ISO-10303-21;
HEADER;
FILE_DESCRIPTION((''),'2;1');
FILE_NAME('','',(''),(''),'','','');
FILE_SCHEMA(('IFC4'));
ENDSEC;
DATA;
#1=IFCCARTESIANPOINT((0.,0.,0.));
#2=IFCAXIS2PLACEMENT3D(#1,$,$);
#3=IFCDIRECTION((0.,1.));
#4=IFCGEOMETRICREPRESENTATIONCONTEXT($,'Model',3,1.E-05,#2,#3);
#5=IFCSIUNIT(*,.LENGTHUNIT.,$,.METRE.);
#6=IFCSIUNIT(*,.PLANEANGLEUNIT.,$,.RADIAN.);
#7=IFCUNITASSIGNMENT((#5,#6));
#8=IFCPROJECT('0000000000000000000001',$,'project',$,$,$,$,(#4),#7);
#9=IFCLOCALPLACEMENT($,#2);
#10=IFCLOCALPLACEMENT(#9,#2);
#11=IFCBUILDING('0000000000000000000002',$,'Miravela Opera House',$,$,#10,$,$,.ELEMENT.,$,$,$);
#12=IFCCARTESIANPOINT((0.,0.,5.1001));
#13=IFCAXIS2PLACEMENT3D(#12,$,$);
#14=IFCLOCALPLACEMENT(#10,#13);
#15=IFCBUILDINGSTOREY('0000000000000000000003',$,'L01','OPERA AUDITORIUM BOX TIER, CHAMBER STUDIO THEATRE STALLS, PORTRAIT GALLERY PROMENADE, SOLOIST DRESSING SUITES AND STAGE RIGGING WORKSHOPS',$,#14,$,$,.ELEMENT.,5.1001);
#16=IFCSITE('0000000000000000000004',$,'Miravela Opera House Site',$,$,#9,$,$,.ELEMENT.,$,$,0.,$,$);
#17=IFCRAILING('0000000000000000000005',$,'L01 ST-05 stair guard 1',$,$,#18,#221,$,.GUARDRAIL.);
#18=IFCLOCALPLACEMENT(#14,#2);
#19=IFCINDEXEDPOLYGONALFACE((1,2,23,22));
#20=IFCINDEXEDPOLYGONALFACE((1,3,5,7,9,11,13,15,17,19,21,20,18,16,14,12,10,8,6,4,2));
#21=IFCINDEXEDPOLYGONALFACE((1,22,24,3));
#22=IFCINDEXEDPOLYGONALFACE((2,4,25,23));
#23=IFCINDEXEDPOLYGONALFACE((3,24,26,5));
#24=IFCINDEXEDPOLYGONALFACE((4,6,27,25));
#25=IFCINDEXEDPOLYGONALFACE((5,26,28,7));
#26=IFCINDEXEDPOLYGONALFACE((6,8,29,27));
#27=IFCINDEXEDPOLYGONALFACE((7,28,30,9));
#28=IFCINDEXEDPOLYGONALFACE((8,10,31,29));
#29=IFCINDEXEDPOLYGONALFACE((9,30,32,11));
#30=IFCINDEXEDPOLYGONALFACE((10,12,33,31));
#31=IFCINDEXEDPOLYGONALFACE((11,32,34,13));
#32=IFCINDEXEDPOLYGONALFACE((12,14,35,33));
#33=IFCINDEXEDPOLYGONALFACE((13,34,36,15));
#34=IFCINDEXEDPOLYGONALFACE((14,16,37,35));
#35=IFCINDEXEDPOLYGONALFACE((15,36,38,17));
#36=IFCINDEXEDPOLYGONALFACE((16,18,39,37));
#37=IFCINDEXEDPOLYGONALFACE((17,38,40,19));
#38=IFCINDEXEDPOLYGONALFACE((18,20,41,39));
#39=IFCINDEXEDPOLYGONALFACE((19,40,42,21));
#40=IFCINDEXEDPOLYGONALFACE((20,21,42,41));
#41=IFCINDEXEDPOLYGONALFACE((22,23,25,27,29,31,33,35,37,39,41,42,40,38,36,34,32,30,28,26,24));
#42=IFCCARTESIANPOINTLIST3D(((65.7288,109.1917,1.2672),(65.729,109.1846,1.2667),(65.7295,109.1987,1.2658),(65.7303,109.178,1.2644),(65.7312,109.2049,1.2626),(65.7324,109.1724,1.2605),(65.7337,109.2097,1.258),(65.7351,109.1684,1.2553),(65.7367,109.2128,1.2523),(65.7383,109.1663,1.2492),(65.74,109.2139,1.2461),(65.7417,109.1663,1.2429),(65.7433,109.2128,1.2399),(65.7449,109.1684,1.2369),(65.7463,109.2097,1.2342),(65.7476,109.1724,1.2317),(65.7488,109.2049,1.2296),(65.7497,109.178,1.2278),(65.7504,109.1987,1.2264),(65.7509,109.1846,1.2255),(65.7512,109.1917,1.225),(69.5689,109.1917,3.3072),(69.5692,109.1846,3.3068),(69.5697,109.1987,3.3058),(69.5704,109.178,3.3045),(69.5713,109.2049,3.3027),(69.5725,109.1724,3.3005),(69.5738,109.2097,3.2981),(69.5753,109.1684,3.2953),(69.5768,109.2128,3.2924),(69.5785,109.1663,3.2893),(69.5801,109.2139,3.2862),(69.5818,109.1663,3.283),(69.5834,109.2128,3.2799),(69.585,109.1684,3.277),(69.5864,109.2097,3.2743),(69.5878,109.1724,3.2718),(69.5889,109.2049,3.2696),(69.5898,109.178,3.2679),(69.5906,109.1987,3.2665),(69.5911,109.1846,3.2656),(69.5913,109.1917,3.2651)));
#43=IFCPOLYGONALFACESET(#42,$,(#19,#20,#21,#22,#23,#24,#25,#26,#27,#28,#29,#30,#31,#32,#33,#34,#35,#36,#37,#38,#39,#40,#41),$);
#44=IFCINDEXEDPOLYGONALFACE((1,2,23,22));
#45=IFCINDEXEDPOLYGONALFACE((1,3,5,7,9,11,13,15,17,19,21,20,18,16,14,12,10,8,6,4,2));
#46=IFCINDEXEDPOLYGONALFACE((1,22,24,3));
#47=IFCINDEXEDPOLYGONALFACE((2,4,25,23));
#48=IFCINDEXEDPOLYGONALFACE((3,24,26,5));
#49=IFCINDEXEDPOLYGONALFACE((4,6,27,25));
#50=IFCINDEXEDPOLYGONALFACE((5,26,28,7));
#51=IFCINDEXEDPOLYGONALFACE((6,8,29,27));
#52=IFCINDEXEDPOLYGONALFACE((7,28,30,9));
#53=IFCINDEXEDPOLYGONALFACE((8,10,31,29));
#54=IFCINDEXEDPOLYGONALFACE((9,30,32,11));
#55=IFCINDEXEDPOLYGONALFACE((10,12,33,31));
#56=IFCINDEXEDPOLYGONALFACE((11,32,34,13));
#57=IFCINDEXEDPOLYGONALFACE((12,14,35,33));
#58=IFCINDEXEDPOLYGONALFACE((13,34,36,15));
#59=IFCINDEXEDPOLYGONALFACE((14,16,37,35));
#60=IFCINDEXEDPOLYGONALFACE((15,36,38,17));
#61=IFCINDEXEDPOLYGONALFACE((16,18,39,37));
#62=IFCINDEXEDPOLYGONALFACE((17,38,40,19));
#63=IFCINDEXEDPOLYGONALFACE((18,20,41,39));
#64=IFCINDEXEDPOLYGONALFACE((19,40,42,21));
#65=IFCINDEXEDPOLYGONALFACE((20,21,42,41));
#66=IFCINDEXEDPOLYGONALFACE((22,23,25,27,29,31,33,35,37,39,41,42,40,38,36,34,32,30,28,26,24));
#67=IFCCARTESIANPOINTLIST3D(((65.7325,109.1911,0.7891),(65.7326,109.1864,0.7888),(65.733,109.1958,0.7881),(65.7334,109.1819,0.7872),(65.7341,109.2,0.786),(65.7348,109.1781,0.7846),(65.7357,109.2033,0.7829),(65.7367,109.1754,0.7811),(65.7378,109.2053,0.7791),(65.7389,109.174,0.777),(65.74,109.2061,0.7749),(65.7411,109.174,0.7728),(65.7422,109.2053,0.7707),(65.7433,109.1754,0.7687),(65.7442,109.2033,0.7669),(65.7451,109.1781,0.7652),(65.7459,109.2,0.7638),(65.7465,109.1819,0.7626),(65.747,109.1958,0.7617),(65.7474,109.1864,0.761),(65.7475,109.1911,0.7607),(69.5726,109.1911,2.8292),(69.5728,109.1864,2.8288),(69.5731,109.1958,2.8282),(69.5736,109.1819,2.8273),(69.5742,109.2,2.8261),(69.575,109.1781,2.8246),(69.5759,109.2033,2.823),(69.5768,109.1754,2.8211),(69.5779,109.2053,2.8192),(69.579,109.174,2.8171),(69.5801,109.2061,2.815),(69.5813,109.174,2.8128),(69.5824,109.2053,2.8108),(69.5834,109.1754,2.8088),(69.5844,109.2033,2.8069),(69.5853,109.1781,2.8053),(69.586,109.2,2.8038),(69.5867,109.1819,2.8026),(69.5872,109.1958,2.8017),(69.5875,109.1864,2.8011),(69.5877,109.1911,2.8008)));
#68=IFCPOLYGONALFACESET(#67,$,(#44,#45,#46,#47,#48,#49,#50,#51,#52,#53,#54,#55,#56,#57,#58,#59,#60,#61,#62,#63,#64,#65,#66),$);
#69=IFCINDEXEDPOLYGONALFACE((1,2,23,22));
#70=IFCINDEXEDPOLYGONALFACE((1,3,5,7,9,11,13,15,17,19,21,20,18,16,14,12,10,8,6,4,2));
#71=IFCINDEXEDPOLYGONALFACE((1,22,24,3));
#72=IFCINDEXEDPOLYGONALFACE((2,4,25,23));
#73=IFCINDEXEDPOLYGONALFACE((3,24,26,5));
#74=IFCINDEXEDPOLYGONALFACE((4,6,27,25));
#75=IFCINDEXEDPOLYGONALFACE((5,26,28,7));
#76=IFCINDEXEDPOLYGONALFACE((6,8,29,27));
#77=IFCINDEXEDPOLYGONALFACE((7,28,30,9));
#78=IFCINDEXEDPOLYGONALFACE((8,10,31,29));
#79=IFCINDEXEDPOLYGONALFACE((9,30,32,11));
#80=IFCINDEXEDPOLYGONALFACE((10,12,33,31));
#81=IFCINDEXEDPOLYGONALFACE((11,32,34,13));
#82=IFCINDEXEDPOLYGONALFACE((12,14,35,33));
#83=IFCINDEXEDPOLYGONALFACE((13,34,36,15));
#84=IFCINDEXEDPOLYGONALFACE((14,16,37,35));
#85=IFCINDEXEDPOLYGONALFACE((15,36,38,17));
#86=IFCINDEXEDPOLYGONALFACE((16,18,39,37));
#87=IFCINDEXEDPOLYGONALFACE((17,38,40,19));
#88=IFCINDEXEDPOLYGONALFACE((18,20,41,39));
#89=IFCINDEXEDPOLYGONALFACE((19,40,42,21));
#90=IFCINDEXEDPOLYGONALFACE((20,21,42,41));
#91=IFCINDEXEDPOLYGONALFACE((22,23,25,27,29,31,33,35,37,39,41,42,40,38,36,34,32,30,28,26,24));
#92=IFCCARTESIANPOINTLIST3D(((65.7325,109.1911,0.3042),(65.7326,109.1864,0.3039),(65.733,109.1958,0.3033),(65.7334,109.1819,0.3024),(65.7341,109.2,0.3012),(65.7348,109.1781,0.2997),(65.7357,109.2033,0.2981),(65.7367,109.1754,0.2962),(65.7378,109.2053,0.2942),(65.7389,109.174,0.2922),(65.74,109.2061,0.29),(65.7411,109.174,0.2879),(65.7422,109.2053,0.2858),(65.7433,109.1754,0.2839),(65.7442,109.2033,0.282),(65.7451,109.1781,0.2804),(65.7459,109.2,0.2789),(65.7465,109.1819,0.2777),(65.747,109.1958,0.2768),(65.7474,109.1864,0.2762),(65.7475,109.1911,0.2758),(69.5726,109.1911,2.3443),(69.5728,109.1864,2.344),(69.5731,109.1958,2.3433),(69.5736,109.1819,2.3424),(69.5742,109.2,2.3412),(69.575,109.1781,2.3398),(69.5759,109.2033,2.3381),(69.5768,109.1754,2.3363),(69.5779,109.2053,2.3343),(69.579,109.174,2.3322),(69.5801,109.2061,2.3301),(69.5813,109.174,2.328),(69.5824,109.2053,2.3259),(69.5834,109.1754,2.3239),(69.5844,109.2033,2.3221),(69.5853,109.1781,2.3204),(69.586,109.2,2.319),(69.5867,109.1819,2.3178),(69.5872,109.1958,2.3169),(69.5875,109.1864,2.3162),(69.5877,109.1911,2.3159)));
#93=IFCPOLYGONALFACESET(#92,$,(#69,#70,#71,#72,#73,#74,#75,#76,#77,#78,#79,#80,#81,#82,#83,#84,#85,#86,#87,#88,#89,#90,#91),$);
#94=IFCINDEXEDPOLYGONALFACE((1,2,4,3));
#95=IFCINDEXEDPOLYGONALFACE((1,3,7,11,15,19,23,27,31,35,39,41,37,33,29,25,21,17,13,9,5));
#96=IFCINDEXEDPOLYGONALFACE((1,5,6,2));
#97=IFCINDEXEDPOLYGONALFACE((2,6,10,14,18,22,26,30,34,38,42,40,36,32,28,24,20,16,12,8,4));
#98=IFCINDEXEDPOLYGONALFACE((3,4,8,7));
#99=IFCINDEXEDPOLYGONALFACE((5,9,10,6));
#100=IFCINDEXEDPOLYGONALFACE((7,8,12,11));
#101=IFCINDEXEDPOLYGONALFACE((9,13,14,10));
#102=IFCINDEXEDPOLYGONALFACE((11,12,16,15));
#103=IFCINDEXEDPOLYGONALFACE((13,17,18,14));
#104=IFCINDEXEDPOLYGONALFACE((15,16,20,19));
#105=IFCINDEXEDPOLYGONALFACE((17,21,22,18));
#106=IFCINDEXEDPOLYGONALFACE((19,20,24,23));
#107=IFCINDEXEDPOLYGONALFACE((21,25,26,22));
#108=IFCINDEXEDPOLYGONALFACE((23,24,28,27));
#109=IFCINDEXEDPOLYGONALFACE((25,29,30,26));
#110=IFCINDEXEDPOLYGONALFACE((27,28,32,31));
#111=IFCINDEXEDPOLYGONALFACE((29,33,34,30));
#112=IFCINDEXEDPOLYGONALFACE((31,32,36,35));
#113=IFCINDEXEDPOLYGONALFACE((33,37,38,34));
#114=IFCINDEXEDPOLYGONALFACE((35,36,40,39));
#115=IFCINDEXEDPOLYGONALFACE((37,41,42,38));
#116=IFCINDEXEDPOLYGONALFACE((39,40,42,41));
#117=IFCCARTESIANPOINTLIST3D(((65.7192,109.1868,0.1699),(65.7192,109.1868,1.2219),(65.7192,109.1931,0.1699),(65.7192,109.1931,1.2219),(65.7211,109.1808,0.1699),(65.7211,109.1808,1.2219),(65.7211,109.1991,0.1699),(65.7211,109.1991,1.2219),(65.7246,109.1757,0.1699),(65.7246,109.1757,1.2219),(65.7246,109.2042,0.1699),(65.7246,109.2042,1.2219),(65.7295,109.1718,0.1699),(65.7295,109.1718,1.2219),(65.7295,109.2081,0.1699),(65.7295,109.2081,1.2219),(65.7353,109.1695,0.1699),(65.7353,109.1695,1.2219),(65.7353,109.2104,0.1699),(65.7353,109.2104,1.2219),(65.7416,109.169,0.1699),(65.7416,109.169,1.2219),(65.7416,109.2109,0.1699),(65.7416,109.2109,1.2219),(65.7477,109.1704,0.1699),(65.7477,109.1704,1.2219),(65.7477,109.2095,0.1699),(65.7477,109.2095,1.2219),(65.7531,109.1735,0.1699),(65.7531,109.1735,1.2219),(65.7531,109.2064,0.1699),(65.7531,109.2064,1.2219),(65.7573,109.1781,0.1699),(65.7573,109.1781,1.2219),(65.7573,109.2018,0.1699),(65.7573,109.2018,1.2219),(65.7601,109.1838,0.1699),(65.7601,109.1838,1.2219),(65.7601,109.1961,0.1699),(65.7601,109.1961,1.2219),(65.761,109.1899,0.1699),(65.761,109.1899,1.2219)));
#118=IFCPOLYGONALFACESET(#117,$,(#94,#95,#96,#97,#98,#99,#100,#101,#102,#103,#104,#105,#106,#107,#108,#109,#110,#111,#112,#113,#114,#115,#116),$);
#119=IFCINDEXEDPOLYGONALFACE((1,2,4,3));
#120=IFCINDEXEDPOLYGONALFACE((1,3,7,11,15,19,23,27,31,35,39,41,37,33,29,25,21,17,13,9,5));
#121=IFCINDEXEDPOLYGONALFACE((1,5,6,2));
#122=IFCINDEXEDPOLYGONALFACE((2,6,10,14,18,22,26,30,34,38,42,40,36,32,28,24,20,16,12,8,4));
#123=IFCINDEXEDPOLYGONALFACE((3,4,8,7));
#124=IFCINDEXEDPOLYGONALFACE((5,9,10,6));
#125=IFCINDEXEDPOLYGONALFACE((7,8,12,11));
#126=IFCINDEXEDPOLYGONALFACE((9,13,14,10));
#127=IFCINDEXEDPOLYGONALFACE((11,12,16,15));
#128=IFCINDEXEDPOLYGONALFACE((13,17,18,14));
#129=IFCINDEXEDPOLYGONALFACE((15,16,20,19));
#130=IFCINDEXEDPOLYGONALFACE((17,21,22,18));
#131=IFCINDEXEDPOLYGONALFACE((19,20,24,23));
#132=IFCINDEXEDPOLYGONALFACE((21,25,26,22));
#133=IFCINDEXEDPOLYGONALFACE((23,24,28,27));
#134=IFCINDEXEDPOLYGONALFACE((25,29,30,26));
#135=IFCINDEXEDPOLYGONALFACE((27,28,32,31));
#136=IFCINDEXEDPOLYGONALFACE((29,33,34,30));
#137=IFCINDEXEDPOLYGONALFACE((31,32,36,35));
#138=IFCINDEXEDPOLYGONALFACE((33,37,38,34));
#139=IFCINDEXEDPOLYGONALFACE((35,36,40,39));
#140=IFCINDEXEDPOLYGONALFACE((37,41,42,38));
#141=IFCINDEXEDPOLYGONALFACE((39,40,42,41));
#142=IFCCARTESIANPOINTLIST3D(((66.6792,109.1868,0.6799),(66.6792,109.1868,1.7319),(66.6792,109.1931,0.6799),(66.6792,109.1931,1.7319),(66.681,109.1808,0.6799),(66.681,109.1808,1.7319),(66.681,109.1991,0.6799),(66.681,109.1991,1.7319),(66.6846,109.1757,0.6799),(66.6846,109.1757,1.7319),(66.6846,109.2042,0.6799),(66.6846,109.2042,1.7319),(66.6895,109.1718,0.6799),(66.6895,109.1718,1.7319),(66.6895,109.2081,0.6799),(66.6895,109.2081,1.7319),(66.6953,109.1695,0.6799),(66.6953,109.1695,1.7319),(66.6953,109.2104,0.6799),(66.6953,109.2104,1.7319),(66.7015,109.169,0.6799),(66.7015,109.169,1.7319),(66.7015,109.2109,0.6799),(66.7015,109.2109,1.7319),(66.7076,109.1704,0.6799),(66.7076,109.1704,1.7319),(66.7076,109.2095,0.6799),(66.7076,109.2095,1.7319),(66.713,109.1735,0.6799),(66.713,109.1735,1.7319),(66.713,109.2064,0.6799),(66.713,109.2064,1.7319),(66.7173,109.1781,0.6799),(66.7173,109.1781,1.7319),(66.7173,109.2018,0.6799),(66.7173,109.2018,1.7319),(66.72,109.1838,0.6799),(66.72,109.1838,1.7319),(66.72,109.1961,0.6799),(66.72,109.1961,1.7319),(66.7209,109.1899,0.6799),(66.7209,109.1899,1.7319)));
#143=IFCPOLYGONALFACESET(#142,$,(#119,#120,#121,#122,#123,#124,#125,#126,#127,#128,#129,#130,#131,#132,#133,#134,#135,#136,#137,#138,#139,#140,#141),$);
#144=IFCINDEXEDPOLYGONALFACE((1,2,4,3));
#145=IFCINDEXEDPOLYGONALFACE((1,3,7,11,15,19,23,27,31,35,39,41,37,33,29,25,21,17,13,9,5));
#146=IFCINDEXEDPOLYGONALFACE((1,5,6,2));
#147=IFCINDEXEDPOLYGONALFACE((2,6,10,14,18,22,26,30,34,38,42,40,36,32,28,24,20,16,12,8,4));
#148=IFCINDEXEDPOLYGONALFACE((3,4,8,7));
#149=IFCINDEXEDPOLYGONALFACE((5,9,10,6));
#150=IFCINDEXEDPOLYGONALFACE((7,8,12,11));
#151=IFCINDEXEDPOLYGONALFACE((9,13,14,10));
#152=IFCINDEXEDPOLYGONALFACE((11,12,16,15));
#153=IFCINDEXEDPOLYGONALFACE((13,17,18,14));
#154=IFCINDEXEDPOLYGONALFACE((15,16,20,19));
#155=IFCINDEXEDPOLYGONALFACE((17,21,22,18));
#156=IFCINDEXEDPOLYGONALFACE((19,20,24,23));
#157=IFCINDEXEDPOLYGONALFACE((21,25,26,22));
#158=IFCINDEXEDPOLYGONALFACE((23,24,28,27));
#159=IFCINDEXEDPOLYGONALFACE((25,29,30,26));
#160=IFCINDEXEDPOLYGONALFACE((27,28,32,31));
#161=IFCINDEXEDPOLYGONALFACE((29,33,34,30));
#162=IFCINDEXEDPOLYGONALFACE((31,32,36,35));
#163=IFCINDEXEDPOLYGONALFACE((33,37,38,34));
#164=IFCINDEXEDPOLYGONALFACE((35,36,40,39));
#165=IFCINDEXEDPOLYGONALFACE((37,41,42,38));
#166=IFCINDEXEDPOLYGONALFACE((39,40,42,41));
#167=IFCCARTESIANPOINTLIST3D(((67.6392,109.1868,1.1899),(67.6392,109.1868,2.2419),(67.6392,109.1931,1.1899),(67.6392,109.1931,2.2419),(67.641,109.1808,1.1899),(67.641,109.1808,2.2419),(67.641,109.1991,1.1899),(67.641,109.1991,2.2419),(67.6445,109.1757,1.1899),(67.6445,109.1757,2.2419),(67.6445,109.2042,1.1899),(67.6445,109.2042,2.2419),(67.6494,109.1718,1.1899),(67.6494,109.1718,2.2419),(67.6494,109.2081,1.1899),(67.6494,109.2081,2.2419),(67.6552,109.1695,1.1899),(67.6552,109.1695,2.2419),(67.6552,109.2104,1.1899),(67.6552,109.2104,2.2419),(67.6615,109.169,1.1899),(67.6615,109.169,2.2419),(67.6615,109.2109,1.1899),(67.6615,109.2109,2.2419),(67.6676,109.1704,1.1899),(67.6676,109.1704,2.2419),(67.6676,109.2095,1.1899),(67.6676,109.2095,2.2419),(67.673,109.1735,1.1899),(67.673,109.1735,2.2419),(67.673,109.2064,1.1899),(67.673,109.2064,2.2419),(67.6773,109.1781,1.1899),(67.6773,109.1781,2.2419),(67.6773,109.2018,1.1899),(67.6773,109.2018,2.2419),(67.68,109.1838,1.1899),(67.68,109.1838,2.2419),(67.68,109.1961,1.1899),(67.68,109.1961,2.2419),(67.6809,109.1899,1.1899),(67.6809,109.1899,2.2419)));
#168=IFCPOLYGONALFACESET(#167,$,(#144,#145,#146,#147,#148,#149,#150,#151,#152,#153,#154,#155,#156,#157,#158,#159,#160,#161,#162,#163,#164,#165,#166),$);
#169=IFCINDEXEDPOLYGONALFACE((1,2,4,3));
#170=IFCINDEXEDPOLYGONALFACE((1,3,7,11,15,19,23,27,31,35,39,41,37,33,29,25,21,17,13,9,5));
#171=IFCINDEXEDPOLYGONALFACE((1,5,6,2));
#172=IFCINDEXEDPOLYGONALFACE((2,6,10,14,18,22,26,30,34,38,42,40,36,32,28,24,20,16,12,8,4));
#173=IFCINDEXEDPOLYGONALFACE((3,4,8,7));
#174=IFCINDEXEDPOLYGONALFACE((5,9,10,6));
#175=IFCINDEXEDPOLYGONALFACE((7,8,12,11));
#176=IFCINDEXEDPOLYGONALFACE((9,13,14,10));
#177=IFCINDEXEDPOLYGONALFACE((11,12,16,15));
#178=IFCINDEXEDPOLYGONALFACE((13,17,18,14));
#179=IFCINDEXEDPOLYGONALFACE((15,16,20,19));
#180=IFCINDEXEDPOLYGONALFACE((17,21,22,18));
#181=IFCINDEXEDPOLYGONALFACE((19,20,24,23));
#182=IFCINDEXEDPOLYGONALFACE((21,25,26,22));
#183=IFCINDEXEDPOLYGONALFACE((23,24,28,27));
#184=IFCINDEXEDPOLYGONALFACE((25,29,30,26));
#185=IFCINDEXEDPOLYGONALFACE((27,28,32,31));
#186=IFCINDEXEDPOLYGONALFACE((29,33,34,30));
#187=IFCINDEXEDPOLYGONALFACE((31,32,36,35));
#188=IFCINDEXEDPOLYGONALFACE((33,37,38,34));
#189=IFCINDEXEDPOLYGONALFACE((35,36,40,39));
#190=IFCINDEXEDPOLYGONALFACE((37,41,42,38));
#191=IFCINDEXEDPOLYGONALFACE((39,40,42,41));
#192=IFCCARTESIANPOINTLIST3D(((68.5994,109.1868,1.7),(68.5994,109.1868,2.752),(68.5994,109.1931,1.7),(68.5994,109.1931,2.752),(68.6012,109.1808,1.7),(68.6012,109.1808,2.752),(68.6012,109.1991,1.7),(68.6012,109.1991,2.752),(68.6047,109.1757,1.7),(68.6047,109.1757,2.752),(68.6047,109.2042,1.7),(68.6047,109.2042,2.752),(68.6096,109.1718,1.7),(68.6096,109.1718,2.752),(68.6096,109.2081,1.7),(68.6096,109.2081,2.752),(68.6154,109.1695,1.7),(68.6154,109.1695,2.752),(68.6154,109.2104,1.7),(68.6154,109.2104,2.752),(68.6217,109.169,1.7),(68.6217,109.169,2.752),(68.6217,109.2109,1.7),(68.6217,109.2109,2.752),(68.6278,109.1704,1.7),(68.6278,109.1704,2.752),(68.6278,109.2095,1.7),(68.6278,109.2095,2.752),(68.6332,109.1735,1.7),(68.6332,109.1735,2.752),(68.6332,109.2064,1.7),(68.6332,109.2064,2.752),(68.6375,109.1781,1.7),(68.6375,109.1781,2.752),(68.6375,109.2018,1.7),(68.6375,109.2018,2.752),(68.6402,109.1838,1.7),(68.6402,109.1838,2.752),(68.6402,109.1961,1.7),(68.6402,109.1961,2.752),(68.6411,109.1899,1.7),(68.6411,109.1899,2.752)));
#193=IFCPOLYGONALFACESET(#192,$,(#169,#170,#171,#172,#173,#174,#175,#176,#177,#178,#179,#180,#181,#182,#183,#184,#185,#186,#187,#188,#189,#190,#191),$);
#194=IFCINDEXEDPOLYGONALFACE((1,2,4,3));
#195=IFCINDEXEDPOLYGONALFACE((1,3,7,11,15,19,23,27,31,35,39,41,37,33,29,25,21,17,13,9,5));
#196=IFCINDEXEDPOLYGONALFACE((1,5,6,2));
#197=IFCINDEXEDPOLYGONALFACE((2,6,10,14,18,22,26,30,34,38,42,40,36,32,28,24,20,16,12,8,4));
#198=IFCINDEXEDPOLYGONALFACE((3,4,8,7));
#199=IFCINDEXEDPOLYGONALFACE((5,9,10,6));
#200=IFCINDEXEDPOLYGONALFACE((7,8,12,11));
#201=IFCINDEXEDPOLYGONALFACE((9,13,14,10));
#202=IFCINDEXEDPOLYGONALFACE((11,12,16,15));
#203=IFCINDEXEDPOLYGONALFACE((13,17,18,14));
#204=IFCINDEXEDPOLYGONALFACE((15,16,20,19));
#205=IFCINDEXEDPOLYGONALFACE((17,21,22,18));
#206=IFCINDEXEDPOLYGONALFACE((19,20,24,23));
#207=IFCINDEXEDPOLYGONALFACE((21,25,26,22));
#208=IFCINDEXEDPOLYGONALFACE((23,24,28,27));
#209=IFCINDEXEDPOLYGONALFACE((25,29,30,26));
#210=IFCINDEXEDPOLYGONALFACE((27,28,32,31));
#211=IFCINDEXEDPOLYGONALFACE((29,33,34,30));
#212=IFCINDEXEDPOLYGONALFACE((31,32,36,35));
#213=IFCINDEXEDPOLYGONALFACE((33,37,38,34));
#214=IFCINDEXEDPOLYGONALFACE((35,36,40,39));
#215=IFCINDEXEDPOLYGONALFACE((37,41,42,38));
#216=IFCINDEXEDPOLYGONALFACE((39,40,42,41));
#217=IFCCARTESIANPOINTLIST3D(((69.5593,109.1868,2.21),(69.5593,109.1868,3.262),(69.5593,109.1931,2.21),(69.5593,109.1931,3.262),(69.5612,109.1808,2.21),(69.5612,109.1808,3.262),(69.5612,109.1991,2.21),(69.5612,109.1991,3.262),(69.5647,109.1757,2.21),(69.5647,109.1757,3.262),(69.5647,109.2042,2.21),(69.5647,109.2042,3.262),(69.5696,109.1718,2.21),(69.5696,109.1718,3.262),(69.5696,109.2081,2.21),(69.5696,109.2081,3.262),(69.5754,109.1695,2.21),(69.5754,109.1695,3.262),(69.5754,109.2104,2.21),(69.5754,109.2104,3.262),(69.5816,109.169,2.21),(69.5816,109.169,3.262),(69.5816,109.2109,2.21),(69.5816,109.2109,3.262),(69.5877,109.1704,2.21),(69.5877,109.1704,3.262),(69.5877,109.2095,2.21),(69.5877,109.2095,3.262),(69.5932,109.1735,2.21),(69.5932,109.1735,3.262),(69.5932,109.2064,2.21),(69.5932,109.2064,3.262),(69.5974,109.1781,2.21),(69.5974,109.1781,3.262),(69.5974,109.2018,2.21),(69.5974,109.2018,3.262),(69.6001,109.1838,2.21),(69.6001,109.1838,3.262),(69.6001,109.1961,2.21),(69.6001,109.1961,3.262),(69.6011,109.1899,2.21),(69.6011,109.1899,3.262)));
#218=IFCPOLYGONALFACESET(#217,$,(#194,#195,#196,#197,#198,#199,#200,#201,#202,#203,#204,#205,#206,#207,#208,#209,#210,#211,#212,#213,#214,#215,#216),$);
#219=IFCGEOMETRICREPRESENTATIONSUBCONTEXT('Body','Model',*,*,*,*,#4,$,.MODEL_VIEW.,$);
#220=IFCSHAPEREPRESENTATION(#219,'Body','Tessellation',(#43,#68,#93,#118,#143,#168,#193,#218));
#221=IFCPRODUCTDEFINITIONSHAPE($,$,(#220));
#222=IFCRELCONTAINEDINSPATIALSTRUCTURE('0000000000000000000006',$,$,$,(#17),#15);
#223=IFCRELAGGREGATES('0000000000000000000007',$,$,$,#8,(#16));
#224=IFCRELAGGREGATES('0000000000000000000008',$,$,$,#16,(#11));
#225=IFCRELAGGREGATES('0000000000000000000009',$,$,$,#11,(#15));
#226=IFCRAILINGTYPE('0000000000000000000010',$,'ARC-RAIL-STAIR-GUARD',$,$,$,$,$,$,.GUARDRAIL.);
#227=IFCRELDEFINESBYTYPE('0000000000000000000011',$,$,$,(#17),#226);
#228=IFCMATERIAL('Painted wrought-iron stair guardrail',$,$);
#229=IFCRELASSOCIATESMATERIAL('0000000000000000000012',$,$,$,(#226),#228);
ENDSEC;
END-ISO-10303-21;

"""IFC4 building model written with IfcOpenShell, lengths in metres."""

from ifc_helpers import new_model, si_unit, direction, frame, origin, origin_2d, place, context, subcontext, project, spatial, circle, extrude, material, type_object, element, save


model = new_model("IFC4")

# Units and contexts
model_context = context("Model", 3, precision=1e-05, world=origin(), true_north=direction((0.0, 1.0)))
body_context = subcontext(model_context, "Body", "Model", "MODEL_VIEW")
ifc_project = project(units=[si_unit("LENGTHUNIT", "METRE"), si_unit("PLANEANGLEUNIT", "RADIAN")], contexts=[model_context])

# Site, building, storey
site_placement = place(None, origin())
site = spatial("IfcSite", under=ifc_project, at=site_placement, Name="Miravela Opera House Site", CompositionType="ELEMENT", RefElevation=0.0)
building_placement = place(site_placement, origin())
building = spatial("IfcBuilding", under=site, at=building_placement, Name="Miravela Opera House", CompositionType="ELEMENT")
storey_placement = place(building_placement, frame((0.0, 0.0, 5.1001)))
storey = spatial("IfcBuildingStorey", under=building, at=storey_placement, Name="L01", Description="OPERA AUDITORIUM BOX TIER, CHAMBER STUDIO THEATRE STALLS, PORTRAIT GALLERY PROMENADE, SOLOIST DRESSING SUITES AND STAGE RIGGING WORKSHOPS", CompositionType="ELEMENT", Elevation=5.1001)

# Railing
ifc_material_1 = material(Name="Painted wrought-iron stair guardrail")
railing_type_1 = type_object("IfcRailingType", Name="ARC-RAIL-STAIR-GUARD", PredefinedType="GUARDRAIL", material=ifc_material_1)
railing_1_placement = place(storey_placement, frame((65.74, 109.1899, 0.1699)))
element("IfcRailing", 1, at=railing_1_placement, inside=storey, type_object=railing_type_1, Name="L01 ST-05 stair guard 1", PredefinedType="GUARDRAIL", context=body_context, shape_type="SweptSolid", body=[
    extrude(circle(Radius=0.0239, at=origin_2d()), frame((0.0, 0.0, 1.0762), z_axis=(0.883116, 0.0, 0.469154), x_axis=(0.0, 1.0, 0.0)), (0.0, 0.0, 1.0), 4.3484),
    extrude(circle(Radius=0.0161, at=origin_2d()), frame((0.0, 0.0, 0.605), z_axis=(0.883116, 0.0, 0.469154), x_axis=(0.0, 1.0, 0.0)), (0.0, 0.0, 1.0), 4.3484),
    extrude(circle(Radius=0.0161, at=origin_2d()), frame((0.0, 0.0, 0.1201), z_axis=(0.883116, 0.0, 0.469154), x_axis=(0.0, 1.0, 0.0)), (0.0, 0.0, 1.0), 4.3484),
    extrude(circle(Radius=0.021, at=origin_2d()), origin(), (0.0, 0.0, 1.0), 1.052),
    extrude(circle(Radius=0.021, at=origin_2d()), frame((0.96, 0.0, 0.51)), (0.0, 0.0, 1.0), 1.052),
    extrude(circle(Radius=0.021, at=origin_2d()), frame((1.9199, 0.0, 1.02)), (0.0, 0.0, 1.0), 1.052),
    extrude(circle(Radius=0.021, at=origin_2d()), frame((2.8801, 0.0, 1.53)), (0.0, 0.0, 1.0), 1.052),
    extrude(circle(Radius=0.021, at=origin_2d()), frame((3.8401, 0.0, 2.04)), (0.0, 0.0, 1.0), 1.052),
])

save(model, "model.ifc")
